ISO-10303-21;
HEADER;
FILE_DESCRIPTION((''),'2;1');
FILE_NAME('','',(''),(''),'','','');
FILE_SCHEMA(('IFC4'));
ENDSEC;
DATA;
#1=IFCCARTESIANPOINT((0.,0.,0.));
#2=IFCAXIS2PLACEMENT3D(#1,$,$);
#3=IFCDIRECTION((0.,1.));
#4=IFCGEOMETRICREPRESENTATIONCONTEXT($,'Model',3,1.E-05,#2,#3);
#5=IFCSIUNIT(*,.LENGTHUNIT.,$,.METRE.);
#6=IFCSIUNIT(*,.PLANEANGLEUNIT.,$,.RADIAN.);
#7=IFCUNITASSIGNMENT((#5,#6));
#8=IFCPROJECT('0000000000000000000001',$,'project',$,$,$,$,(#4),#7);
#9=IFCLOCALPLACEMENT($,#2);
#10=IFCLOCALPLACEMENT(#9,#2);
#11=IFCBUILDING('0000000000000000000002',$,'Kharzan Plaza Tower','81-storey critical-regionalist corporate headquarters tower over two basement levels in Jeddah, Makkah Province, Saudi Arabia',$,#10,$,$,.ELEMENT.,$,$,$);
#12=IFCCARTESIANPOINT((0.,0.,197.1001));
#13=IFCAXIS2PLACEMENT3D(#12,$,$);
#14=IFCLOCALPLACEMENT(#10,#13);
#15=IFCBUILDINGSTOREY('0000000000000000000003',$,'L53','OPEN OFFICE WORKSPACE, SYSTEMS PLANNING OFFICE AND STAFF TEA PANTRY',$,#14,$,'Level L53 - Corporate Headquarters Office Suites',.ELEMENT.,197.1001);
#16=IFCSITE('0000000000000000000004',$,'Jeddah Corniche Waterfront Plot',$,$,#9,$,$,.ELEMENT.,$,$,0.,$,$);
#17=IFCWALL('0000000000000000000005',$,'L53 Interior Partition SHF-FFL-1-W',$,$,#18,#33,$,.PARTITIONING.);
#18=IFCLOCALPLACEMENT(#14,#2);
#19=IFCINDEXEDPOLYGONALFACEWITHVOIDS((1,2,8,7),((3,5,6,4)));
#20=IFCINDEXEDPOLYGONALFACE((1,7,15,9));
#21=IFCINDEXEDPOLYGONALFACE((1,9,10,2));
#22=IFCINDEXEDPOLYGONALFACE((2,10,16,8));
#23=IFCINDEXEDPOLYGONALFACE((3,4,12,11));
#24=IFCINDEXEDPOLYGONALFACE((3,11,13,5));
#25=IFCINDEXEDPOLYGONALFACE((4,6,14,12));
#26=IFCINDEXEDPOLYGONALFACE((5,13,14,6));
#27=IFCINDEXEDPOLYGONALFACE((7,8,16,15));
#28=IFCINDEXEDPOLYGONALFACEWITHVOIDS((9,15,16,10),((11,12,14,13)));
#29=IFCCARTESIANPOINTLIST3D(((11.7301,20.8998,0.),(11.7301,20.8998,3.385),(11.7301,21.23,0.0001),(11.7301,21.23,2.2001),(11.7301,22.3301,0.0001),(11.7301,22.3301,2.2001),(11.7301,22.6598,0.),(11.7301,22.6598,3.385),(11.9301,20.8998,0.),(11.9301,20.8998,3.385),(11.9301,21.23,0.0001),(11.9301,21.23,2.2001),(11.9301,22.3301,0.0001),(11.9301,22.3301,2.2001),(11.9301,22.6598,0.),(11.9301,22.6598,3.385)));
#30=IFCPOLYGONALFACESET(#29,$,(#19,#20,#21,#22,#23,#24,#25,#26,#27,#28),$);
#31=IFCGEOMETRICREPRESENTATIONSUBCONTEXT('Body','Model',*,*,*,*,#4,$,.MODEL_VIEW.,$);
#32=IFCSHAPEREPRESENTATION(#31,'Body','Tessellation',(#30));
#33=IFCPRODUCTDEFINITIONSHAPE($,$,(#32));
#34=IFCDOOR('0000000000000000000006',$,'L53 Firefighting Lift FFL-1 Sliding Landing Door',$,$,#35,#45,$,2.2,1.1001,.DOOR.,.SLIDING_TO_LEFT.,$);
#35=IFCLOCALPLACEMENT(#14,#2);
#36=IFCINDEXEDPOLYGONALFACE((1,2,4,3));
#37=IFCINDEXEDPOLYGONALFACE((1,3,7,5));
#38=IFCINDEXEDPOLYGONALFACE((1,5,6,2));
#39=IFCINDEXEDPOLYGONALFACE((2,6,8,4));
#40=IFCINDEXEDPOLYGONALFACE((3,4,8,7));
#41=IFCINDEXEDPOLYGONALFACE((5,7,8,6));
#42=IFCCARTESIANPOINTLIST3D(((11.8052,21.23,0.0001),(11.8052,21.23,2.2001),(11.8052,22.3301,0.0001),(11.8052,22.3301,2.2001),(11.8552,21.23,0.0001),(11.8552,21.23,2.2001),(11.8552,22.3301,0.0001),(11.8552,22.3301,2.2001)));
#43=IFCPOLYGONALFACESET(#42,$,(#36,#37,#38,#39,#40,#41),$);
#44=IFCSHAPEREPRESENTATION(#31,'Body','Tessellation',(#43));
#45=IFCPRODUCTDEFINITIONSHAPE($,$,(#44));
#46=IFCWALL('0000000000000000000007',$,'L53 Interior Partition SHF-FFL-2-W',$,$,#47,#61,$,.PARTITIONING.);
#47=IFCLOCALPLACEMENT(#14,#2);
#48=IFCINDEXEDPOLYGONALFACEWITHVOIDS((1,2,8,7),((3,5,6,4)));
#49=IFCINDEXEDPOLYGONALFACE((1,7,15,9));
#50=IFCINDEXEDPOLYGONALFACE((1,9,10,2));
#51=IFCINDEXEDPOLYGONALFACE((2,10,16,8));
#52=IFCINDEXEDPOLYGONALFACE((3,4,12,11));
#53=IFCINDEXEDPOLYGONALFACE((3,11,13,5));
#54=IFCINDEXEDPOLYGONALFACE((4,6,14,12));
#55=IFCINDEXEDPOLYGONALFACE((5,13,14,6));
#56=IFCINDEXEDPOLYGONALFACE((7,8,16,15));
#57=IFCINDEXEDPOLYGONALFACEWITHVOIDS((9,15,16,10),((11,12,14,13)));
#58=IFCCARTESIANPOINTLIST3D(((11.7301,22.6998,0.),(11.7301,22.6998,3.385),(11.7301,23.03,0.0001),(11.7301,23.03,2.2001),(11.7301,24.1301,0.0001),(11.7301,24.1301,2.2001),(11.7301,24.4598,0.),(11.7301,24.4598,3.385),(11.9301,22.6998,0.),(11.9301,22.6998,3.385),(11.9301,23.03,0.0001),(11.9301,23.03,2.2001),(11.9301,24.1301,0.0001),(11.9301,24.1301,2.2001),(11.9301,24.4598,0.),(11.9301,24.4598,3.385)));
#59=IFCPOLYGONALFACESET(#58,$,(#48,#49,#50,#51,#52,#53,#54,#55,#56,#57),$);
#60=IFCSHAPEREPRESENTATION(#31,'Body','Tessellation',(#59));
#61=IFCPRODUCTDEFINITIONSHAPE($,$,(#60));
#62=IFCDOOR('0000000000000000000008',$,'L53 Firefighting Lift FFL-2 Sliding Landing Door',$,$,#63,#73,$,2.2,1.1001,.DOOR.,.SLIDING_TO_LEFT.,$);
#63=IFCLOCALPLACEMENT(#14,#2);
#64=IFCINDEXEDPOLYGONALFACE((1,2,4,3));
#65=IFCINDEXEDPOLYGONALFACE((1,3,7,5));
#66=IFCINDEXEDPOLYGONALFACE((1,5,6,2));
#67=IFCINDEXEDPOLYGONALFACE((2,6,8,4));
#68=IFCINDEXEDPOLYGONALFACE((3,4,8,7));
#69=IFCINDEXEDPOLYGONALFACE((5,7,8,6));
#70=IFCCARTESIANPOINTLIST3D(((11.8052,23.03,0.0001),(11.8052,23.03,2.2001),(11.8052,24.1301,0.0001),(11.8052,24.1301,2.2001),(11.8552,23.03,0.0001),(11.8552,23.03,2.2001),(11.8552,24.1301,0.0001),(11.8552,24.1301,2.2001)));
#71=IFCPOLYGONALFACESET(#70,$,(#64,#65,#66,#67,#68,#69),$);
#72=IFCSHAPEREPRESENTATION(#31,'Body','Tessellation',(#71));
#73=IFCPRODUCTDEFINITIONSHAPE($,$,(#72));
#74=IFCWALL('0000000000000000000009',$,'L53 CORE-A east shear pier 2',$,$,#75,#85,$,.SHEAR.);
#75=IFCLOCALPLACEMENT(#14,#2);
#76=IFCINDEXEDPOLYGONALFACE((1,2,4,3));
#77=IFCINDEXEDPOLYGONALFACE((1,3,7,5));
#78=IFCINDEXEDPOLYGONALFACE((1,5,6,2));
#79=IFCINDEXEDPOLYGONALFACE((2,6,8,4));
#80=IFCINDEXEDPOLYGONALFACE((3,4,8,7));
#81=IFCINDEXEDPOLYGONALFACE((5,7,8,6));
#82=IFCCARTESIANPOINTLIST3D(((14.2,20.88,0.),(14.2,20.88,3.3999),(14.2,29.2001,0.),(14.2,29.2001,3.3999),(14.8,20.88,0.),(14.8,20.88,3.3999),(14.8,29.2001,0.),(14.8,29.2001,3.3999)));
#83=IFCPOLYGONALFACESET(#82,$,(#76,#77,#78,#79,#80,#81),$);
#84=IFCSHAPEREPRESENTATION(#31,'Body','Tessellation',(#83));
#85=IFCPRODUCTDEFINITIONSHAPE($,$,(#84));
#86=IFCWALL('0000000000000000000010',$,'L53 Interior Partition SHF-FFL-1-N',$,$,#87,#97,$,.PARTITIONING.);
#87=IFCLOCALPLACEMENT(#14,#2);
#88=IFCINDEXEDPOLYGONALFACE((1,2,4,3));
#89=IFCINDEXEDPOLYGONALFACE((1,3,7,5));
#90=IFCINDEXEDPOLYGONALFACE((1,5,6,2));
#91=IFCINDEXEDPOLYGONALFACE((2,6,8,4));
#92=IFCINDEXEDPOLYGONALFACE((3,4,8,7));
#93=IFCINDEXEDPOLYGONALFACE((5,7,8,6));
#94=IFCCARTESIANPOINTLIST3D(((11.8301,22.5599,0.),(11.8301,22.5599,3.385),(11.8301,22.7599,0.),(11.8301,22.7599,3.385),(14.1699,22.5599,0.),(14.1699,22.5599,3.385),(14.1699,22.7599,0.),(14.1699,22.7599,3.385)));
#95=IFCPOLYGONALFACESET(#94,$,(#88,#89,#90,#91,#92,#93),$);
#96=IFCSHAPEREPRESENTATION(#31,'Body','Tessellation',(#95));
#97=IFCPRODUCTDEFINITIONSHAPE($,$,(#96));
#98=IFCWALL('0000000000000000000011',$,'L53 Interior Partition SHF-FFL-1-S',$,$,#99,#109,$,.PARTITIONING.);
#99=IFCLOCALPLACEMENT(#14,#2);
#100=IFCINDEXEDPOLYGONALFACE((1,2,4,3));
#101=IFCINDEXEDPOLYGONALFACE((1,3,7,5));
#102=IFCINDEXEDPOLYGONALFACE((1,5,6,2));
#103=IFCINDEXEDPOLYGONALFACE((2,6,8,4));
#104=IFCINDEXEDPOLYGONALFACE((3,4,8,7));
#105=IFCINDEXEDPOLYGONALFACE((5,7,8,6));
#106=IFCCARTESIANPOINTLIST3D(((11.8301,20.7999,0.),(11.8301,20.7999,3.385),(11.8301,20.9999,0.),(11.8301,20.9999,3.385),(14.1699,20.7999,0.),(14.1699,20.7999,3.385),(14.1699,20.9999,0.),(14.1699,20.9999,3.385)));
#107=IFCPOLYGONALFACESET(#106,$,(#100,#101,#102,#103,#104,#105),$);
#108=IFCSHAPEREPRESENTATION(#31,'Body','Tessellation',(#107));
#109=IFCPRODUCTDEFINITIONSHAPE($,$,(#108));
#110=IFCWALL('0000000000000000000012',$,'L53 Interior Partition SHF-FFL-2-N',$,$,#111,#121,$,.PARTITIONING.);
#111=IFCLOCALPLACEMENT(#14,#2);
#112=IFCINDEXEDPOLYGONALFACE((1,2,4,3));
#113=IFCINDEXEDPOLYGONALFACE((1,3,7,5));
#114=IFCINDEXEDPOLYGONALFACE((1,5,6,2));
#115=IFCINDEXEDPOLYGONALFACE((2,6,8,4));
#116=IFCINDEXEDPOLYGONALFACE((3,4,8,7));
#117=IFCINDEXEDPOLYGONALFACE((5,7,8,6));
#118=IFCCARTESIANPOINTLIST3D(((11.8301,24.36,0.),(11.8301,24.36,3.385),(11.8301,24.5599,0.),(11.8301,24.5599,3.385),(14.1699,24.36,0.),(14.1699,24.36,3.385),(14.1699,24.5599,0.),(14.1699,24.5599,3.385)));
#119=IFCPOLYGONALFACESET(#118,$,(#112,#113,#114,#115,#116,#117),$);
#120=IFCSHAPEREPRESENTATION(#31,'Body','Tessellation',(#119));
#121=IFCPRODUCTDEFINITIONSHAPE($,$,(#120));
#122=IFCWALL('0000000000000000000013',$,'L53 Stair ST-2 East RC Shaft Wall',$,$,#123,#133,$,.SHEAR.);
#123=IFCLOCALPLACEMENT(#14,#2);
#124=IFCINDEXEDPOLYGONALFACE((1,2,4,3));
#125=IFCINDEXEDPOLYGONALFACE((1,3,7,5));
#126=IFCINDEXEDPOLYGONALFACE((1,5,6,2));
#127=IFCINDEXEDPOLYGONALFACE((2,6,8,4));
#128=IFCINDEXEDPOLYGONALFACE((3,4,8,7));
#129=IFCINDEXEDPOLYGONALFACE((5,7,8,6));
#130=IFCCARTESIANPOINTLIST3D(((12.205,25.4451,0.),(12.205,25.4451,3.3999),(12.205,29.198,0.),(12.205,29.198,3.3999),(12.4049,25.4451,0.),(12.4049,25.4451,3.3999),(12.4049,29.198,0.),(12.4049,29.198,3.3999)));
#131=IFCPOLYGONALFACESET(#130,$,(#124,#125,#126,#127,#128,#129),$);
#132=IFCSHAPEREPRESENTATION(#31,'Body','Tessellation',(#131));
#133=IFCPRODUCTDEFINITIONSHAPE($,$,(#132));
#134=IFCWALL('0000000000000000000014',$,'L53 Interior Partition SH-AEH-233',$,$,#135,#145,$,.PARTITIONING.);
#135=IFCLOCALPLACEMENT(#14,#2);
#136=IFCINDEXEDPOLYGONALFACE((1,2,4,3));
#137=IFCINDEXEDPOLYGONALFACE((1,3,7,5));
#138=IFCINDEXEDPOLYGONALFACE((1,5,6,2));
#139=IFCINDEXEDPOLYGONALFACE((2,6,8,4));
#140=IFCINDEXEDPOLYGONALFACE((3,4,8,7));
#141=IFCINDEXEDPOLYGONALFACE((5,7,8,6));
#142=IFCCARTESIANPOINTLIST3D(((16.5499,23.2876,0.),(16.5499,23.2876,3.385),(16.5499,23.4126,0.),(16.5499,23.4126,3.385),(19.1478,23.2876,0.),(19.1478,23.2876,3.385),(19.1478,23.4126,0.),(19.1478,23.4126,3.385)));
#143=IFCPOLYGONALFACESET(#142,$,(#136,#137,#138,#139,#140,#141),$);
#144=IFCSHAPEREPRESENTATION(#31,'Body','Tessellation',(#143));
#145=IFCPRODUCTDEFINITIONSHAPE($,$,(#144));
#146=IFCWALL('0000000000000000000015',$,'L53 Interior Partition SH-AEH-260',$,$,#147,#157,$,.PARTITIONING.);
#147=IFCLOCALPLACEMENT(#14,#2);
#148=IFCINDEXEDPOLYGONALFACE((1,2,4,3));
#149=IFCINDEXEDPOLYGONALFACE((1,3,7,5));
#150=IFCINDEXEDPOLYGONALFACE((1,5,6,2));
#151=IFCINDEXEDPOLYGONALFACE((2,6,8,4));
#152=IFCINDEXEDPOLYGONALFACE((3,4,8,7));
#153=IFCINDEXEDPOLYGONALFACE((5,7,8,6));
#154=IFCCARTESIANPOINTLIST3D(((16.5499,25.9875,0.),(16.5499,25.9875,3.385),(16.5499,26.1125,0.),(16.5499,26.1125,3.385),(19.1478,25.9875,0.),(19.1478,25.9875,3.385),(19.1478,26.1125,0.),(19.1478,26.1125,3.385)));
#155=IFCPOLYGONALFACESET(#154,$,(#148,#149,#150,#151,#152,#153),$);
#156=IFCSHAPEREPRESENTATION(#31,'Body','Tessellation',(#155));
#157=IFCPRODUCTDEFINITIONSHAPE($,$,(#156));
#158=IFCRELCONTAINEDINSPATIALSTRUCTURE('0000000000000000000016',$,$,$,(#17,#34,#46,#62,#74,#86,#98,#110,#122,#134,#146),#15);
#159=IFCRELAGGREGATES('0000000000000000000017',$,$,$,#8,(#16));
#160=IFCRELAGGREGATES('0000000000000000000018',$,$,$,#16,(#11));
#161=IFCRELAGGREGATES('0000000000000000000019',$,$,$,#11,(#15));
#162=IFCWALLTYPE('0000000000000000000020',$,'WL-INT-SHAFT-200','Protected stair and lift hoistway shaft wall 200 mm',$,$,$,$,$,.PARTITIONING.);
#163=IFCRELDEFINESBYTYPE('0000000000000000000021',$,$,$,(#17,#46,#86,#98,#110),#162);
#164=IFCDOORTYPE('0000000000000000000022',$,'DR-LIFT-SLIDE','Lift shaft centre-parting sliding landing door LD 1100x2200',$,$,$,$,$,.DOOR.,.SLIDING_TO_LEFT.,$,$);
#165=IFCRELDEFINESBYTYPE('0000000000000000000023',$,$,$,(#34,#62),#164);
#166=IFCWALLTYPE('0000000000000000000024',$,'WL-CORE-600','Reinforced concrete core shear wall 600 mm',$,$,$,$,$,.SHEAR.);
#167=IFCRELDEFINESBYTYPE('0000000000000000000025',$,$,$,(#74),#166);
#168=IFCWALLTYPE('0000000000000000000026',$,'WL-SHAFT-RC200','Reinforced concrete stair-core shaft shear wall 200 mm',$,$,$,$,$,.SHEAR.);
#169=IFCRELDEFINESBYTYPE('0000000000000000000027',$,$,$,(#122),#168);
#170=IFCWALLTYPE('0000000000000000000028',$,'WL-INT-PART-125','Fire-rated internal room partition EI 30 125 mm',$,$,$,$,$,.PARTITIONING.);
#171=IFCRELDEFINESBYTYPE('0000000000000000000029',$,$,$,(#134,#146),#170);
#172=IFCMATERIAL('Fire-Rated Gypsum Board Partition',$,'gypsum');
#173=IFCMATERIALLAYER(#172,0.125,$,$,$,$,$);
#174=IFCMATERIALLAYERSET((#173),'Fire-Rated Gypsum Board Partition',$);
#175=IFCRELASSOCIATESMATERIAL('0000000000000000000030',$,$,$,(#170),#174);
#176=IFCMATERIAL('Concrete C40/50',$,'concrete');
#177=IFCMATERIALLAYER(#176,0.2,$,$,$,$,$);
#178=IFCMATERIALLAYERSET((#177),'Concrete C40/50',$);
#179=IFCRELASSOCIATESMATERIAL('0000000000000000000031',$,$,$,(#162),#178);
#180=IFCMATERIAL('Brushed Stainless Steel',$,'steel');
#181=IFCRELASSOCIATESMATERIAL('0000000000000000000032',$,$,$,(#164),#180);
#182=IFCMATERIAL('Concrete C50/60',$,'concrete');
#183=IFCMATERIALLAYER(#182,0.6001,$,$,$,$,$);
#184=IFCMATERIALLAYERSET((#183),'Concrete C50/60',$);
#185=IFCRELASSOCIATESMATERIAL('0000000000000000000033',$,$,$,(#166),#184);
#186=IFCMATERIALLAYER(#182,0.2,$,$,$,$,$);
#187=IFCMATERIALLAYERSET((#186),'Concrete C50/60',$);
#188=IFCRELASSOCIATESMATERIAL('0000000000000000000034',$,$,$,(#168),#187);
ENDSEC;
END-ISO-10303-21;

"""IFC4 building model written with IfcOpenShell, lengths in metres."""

from ifc_helpers import new_model, si_unit, direction, frame, frame_2d, origin, place, context, subcontext, project, spatial, rectangle, extrude, source, transform, mapped, material, layer, layer_set, type_object, element, fill, save


model = new_model("IFC4")

# Units and contexts
model_context = context("Model", 3, precision=1e-05, world=origin(), true_north=direction((0.0, 1.0)))
body_context = subcontext(model_context, "Body", "Model", "MODEL_VIEW")
ifc_project = project(units=[si_unit("LENGTHUNIT", "METRE"), si_unit("PLANEANGLEUNIT", "RADIAN")], contexts=[model_context])

# Site, building, storey
site_placement = place(None, origin())
site = spatial("IfcSite", under=ifc_project, at=site_placement, Name="Jeddah Corniche Waterfront Plot", CompositionType="ELEMENT", RefElevation=0.0)
building_placement = place(site_placement, origin())
building = spatial("IfcBuilding", under=site, at=building_placement, Name="Kharzan Plaza Tower", Description="81-storey critical-regionalist corporate headquarters tower over two basement levels in Jeddah, Makkah Province, Saudi Arabia", CompositionType="ELEMENT")
storey_placement = place(building_placement, frame((0.0, 0.0, 197.1001)))
storey = spatial("IfcBuildingStorey", under=building, at=storey_placement, Name="L53", Description="OPEN OFFICE WORKSPACE, SYSTEMS PLANNING OFFICE AND STAFF TEA PANTRY", LongName="Level L53 - Corporate Headquarters Office Suites", CompositionType="ELEMENT", Elevation=197.1001)

# Walls, openings, doors
ifc_material_1 = material(Name="Concrete C40/50", Category="concrete")
ifc_material_2 = material(Name="Fire-Rated Gypsum Board Partition", Category="gypsum")
ifc_layer_1 = layer(ifc_material_2, 0.125)
ifc_layer_set_1 = layer_set([ifc_layer_1], Name="Fire-Rated Gypsum Board Partition")
wall_type_1 = type_object("IfcWallType", Name="WL-INT-PART-125", Description="Fire-rated internal room partition EI 30 125 mm", PredefinedType="PARTITIONING", material=ifc_layer_set_1)
ifc_layer_2 = layer(ifc_material_1, 0.2)
ifc_layer_set_2 = layer_set([ifc_layer_2], Name="Concrete C40/50")
wall_type_2 = type_object("IfcWallType", Name="WL-INT-SHAFT-200", Description="Protected stair and lift hoistway shaft wall 200 mm", PredefinedType="PARTITIONING", material=ifc_layer_set_2)
wall_1_placement = place(storey_placement, frame((11.8301, 20.8999, 0.0), z_axis=(0.0, 0.0, 1.0), x_axis=(0.0, 1.0, 0.0)))
wall_1 = element("IfcWall", 1, at=wall_1_placement, inside=storey, type_object=wall_type_2, Name="L53 Interior Partition SHF-FFL-1-W", PredefinedType="PARTITIONING", context=body_context, shape_type="SweptSolid", body=[
    extrude(rectangle(XDim=1.76, YDim=0.2, at=frame_2d((0.8799, 0.0))), origin(), (0.0, 0.0, 1.0), 3.385),
])
opening_1_placement = place(wall_1_placement, frame((0.3301, 0.0, 0.0)))
opening_1 = element("IfcOpeningElement", 2, at=opening_1_placement, cuts=wall_1, PredefinedType="OPENING", context=body_context, shape_type="SweptSolid", body=[
    extrude(rectangle(XDim=1.1001, YDim=2.2, at=frame_2d((0.55, 1.1001))), frame((0.0, 0.1099, 0.0), z_axis=(0.0, -1.0, 0.0), x_axis=(1.0, 0.0, 0.0)), (0.0, 0.0, 1.0), 0.22),
])
ifc_material_3 = material(Name="Brushed Stainless Steel", Category="steel")
door_type_1 = type_object("IfcDoorType", Name="DR-LIFT-SLIDE", Description="Lift shaft centre-parting sliding landing door LD 1100x2200", OperationType="SLIDING_TO_LEFT", PredefinedType="DOOR", material=ifc_material_3)
shared_shape_1 = source(origin(), body_context, "Body", "SweptSolid", [
    extrude(rectangle(XDim=1.1001, YDim=2.2, at=frame_2d((0.55, 1.1001))), frame((0.0, 0.0249, 0.0), z_axis=(0.0, -1.0, 0.0), x_axis=(1.0, 0.0, 0.0)), (0.0, 0.0, 1.0), 0.05),
])
door_1_placement = place(opening_1_placement, origin())
door_1 = element("IfcDoor", 3, at=door_1_placement, inside=storey, type_object=door_type_1, Name="L53 Firefighting Lift FFL-1 Sliding Landing Door", OperationType="SLIDING_TO_LEFT", OverallHeight=2.2, OverallWidth=1.1001, PredefinedType="DOOR", context=body_context, shape_type="MappedRepresentation", body=[
    mapped(shared_shape_1, transform((0.0, 0.0, 0.0), x_axis=(1.0, 0.0, 0.0), y_axis=(0.0, 1.0, 0.0), z_axis=(0.0, 0.0, 1.0))),
])
fill(opening_1, door_1)
wall_2_placement = place(storey_placement, frame((11.8301, 22.7, 0.0), z_axis=(0.0, 0.0, 1.0), x_axis=(0.0, 1.0, 0.0)))
wall_2 = element("IfcWall", 4, at=wall_2_placement, inside=storey, type_object=wall_type_2, Name="L53 Interior Partition SHF-FFL-2-W", PredefinedType="PARTITIONING", context=body_context, shape_type="SweptSolid", body=[
    extrude(rectangle(XDim=1.76, YDim=0.2, at=frame_2d((0.8799, 0.0))), origin(), (0.0, 0.0, 1.0), 3.385),
])
opening_2_placement = place(wall_2_placement, frame((0.3301, 0.0, 0.0)))
opening_2 = element("IfcOpeningElement", 5, at=opening_2_placement, cuts=wall_2, PredefinedType="OPENING", context=body_context, shape_type="SweptSolid", body=[
    extrude(rectangle(XDim=1.1001, YDim=2.2, at=frame_2d((0.55, 1.1001))), frame((0.0, 0.1099, 0.0), z_axis=(0.0, -1.0, 0.0), x_axis=(1.0, 0.0, 0.0)), (0.0, 0.0, 1.0), 0.22),
])
door_2_placement = place(opening_2_placement, origin())
door_2 = element("IfcDoor", 6, at=door_2_placement, inside=storey, type_object=door_type_1, Name="L53 Firefighting Lift FFL-2 Sliding Landing Door", OperationType="SLIDING_TO_LEFT", OverallHeight=2.2, OverallWidth=1.1001, PredefinedType="DOOR", context=body_context, shape_type="MappedRepresentation", body=[
    mapped(shared_shape_1, transform((0.0, 0.0, 0.0), x_axis=(1.0, 0.0, 0.0), y_axis=(0.0, 1.0, 0.0), z_axis=(0.0, 0.0, 1.0))),
])
fill(opening_2, door_2)

# Walls
ifc_material_4 = material(Name="Concrete C50/60", Category="concrete")
ifc_layer_3 = layer(ifc_material_4, 0.6001)
ifc_layer_set_3 = layer_set([ifc_layer_3], Name="Concrete C50/60")
wall_type_3 = type_object("IfcWallType", Name="WL-CORE-600", Description="Reinforced concrete core shear wall 600 mm", PredefinedType="SHEAR", material=ifc_layer_set_3)
shared_shape_2 = source(origin(), body_context, "Body", "SweptSolid", [
    extrude(rectangle(XDim=8.3201, YDim=0.6001, at=frame_2d((4.1602, 0.0))), origin(), (0.0, 0.0, 1.0), 3.3999),
])
wall_3_placement = place(storey_placement, frame((14.5, 20.8799, 0.0), z_axis=(0.0, 0.0, 1.0), x_axis=(0.0, 1.0, 0.0)))
element("IfcWall", 7, at=wall_3_placement, inside=storey, type_object=wall_type_3, Name="L53 CORE-A east shear pier 2", PredefinedType="SHEAR", context=body_context, shape_type="MappedRepresentation", body=[
    mapped(shared_shape_2, transform((0.0, 0.0, 0.0), x_axis=(1.0, 0.0, 0.0), y_axis=(0.0, 1.0, 0.0), z_axis=(0.0, 0.0, 1.0))),
])
shared_shape_3 = source(origin(), body_context, "Body", "SweptSolid", [
    extrude(rectangle(XDim=2.3398, YDim=0.2, at=frame_2d((1.1699, 0.0))), origin(), (0.0, 0.0, 1.0), 3.385),
])
for number, where, z_axis, x_axis, name in (
    (8, (11.8301, 22.6599, 0.0), (0.0, 0.0, 1.0), (1.0, 0.0, 0.0), "L53 Interior Partition SHF-FFL-1-N"),
    (9, (11.8301, 20.8999, 0.0), (0.0, 0.0, 1.0), (1.0, 0.0, 0.0), "L53 Interior Partition SHF-FFL-1-S"),
    (10, (11.8301, 24.46, 0.0), (0.0, 0.0, 1.0), (1.0, 0.0, 0.0), "L53 Interior Partition SHF-FFL-2-N"),
):
    element("IfcWall", number, at=place(storey_placement, frame(where, z_axis=z_axis, x_axis=x_axis)), inside=storey, type_object=wall_type_2, Name=name, PredefinedType="PARTITIONING", context=body_context, shape_type="MappedRepresentation", body=[
        mapped(shared_shape_3, transform((0.0, 0.0, 0.0), x_axis=(1.0, 0.0, 0.0), y_axis=(0.0, 1.0, 0.0), z_axis=(0.0, 0.0, 1.0))),
    ])
ifc_layer_4 = layer(ifc_material_4, 0.2)
ifc_layer_set_4 = layer_set([ifc_layer_4], Name="Concrete C50/60")
wall_type_4 = type_object("IfcWallType", Name="WL-SHAFT-RC200", Description="Reinforced concrete stair-core shaft shear wall 200 mm", PredefinedType="SHEAR", material=ifc_layer_set_4)
shared_shape_4 = source(origin(), body_context, "Body", "SweptSolid", [
    extrude(rectangle(XDim=3.7529, YDim=0.2, at=frame_2d((1.8765, 0.0))), origin(), (0.0, 0.0, 1.0), 3.3999),
])
wall_4_placement = place(storey_placement, frame((12.3049, 25.4451, 0.0), z_axis=(0.0, 0.0, 1.0), x_axis=(0.0, 1.0, 0.0)))
element("IfcWall", 11, at=wall_4_placement, inside=storey, type_object=wall_type_4, Name="L53 Stair ST-2 East RC Shaft Wall", PredefinedType="SHEAR", context=body_context, shape_type="MappedRepresentation", body=[
    mapped(shared_shape_4, transform((0.0, 0.0, 0.0), x_axis=(1.0, 0.0, 0.0), y_axis=(0.0, 1.0, 0.0), z_axis=(0.0, 0.0, 1.0))),
])
shared_shape_5 = source(origin(), body_context, "Body", "SweptSolid", [
    extrude(rectangle(XDim=2.5979, YDim=0.125, at=frame_2d((1.2988, 0.0))), origin(), (0.0, 0.0, 1.0), 3.385),
])
for number, where, z_axis, x_axis, name in (
    (12, (16.55, 23.3501, 0.0), (0.0, 0.0, 1.0), (1.0, 0.0, 0.0), "L53 Interior Partition SH-AEH-233"),
    (13, (16.55, 26.05, 0.0), (0.0, 0.0, 1.0), (1.0, 0.0, 0.0), "L53 Interior Partition SH-AEH-260"),
):
    element("IfcWall", number, at=place(storey_placement, frame(where, z_axis=z_axis, x_axis=x_axis)), inside=storey, type_object=wall_type_1, Name=name, PredefinedType="PARTITIONING", context=body_context, shape_type="MappedRepresentation", body=[
        mapped(shared_shape_5, transform((0.0, 0.0, 0.0), x_axis=(1.0, 0.0, 0.0), y_axis=(0.0, 1.0, 0.0), z_axis=(0.0, 0.0, 1.0))),
    ])

save(model, "model.ifc")
